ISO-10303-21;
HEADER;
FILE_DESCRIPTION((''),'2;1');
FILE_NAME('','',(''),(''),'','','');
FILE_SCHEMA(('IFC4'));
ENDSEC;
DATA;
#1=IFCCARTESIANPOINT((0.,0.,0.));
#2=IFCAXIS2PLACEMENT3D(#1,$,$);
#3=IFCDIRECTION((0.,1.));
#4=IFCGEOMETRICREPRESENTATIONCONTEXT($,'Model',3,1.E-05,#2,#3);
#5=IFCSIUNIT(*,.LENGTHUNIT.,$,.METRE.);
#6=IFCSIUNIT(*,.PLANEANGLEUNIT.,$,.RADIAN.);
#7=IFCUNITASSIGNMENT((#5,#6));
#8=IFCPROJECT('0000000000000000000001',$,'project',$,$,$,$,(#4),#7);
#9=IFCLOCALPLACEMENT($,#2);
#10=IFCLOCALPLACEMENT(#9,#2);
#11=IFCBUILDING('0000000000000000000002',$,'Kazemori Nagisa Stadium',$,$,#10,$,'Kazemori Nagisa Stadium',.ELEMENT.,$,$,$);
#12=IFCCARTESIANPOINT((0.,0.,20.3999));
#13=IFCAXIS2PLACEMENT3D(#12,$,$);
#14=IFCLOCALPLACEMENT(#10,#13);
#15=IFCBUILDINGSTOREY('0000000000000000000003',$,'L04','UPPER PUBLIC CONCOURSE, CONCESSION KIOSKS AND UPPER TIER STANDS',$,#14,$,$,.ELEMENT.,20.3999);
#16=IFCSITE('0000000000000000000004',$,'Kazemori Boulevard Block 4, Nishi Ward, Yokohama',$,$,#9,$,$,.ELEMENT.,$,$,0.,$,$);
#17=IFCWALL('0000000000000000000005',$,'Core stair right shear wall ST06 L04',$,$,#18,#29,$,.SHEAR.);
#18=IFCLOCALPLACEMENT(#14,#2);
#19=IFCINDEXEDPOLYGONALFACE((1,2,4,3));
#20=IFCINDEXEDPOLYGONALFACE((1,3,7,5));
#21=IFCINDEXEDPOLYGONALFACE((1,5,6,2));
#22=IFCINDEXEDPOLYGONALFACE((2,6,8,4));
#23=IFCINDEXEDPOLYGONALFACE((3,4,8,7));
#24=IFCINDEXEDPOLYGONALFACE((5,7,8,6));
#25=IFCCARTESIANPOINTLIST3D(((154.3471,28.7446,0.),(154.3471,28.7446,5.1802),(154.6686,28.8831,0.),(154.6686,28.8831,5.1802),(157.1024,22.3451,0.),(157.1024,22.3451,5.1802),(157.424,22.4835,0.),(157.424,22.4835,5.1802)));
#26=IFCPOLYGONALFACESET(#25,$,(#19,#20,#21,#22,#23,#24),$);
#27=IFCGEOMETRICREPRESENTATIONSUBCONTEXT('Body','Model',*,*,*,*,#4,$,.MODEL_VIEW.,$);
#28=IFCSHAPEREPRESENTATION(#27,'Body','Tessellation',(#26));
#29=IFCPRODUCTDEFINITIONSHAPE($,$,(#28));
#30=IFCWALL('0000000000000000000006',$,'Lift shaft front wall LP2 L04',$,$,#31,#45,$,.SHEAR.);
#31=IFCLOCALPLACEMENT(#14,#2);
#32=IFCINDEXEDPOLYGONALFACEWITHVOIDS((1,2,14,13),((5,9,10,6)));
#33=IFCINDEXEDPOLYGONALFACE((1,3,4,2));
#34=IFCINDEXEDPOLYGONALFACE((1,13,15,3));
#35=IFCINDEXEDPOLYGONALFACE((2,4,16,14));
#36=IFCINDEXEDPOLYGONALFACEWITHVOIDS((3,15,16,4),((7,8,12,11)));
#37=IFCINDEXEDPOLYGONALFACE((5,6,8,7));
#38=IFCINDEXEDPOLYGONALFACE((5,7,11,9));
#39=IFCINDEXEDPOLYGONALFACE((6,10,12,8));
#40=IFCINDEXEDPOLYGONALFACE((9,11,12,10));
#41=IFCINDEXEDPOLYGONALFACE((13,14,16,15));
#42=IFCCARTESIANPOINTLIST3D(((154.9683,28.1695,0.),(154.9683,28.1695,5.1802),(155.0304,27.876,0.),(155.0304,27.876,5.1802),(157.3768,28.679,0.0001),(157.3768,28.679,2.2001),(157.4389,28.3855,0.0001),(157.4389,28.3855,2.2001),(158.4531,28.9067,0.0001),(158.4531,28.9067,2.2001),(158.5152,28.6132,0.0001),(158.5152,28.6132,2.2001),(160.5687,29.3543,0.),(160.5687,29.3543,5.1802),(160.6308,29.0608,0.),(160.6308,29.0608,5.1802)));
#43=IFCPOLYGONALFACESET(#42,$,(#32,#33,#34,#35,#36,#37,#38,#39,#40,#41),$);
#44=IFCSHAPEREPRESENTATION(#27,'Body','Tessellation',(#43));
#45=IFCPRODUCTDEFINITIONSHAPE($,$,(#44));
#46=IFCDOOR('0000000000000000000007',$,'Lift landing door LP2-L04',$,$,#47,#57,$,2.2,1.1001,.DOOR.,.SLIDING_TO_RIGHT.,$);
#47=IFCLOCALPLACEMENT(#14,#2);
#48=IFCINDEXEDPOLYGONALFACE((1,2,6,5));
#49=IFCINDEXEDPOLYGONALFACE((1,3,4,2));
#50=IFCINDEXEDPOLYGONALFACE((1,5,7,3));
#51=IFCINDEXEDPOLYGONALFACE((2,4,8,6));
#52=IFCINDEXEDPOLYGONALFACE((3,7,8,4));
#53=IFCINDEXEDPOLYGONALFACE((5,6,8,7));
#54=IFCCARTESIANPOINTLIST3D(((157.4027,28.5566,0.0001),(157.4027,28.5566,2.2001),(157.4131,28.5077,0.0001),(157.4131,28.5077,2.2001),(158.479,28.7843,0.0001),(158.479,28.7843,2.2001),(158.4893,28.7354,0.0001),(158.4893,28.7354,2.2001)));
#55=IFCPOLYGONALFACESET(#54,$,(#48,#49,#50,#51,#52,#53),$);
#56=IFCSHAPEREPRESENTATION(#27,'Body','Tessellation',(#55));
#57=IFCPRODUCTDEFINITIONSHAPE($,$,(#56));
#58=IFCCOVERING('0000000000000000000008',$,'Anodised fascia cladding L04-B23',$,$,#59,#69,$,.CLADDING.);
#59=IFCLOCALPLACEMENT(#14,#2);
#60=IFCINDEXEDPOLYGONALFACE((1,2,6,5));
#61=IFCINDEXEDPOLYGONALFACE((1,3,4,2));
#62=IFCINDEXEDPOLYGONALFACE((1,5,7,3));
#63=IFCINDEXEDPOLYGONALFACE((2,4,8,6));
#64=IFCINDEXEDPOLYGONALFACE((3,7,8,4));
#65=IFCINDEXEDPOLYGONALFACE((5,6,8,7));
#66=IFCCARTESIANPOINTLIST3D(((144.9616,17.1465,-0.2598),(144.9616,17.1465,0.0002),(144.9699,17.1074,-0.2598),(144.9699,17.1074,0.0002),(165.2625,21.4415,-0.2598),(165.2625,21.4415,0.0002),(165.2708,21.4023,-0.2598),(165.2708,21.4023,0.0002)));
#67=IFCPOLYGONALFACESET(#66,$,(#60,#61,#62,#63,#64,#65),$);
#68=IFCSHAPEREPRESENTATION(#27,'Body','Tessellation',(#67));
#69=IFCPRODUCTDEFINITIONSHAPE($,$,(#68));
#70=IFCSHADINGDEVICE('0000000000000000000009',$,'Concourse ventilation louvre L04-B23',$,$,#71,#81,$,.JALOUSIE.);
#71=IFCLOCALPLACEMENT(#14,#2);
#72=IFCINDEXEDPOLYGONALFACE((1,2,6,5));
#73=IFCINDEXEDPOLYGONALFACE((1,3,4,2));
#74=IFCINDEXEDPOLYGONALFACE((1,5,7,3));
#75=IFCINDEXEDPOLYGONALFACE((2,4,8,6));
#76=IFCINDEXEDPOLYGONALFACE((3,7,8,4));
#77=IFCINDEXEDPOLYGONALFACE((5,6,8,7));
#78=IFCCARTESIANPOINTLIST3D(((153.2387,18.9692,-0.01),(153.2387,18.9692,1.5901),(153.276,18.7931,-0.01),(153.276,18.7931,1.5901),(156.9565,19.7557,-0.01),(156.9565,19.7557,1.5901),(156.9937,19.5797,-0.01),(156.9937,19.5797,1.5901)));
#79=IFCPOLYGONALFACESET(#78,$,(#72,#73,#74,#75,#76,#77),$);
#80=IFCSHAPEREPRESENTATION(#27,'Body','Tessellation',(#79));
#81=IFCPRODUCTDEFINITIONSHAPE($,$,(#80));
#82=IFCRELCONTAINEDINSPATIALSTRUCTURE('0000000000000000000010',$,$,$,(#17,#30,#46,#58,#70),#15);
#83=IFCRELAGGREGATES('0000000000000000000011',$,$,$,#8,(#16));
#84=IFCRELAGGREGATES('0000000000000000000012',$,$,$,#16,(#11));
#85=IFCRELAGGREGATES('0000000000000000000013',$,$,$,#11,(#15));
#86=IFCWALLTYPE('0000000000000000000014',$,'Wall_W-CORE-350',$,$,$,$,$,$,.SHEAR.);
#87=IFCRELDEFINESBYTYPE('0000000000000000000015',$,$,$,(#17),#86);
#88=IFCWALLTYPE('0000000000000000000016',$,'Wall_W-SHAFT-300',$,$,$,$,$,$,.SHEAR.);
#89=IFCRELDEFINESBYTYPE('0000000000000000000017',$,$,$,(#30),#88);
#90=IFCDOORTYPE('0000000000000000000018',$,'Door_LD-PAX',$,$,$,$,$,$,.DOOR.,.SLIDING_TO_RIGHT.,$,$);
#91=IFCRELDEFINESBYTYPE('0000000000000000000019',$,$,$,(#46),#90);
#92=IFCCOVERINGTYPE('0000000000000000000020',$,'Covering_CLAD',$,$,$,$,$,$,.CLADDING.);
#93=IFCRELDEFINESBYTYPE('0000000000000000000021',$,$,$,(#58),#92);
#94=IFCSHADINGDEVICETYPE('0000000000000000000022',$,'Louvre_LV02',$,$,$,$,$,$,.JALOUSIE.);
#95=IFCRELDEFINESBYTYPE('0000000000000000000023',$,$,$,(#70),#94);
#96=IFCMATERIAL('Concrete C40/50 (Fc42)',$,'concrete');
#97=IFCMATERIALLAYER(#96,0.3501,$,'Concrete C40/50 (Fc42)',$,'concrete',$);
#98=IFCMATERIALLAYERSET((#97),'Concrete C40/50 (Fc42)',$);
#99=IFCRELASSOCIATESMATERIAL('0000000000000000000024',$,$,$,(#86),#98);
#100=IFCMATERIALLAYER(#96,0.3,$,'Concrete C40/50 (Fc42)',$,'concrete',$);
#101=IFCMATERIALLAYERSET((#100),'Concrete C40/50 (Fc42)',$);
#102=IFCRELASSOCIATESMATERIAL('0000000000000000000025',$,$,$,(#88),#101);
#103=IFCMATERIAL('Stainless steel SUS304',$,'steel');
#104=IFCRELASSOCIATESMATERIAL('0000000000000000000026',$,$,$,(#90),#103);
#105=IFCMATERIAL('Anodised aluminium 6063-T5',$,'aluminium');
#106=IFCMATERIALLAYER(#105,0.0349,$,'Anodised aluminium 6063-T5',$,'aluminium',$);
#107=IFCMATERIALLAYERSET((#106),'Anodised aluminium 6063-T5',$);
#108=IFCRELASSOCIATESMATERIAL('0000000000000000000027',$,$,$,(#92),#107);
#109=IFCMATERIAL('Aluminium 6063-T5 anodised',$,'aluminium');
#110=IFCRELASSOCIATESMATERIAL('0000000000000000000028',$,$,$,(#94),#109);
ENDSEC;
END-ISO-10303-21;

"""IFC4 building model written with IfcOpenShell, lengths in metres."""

from ifc_helpers import new_model, si_unit, direction, frame, frame_2d, origin, origin_2d, place, context, subcontext, project, spatial, rectangle, extrude, material, layer, layer_set, type_object, element, fill, save


model = new_model("IFC4")

# Units and contexts
model_context = context("Model", 3, precision=1e-05, world=origin(), true_north=direction((0.0, 1.0)))
body_context = subcontext(model_context, "Body", "Model", "MODEL_VIEW")
ifc_project = project(units=[si_unit("LENGTHUNIT", "METRE"), si_unit("PLANEANGLEUNIT", "RADIAN")], contexts=[model_context])

# Site, building, storey
site_placement = place(None, origin())
site = spatial("IfcSite", under=ifc_project, at=site_placement, Name="Kazemori Boulevard Block 4, Nishi Ward, Yokohama", CompositionType="ELEMENT", RefElevation=0.0)
building_placement = place(site_placement, origin())
building = spatial("IfcBuilding", under=site, at=building_placement, Name="Kazemori Nagisa Stadium", LongName="Kazemori Nagisa Stadium", CompositionType="ELEMENT")
storey_placement = place(building_placement, frame((0.0, 0.0, 20.3999)))
storey = spatial("IfcBuildingStorey", under=building, at=storey_placement, Name="L04", Description="UPPER PUBLIC CONCOURSE, CONCESSION KIOSKS AND UPPER TIER STANDS", CompositionType="ELEMENT", Elevation=20.3999)

# Shared definitions
ifc_material_1 = material(Name="Concrete C40/50 (Fc42)", Category="concrete")

# Shared definitions
ifc_material_2 = material(Name="Anodised aluminium 6063-T5", Category="aluminium")
ifc_material_3 = material(Name="Aluminium 6063-T5 anodised", Category="aluminium")

# Wall
ifc_layer_1 = layer(ifc_material_1, 0.3501, Name="Concrete C40/50 (Fc42)", Category="concrete")
ifc_layer_set_1 = layer_set([ifc_layer_1], Name="Concrete C40/50 (Fc42)")
wall_type_1 = type_object("IfcWallType", Name="Wall_W-CORE-350", PredefinedType="SHEAR", material=ifc_layer_set_1)
wall_1_placement = place(storey_placement, frame((154.5078, 28.814, 0.0), z_axis=(0.0, 0.0, 1.0), x_axis=(0.395454, -0.918486, 0.0)))
element("IfcWall", 1, at=wall_1_placement, inside=storey, type_object=wall_type_1, Name="Core stair right shear wall ST06 L04", PredefinedType="SHEAR", context=body_context, shape_type="SweptSolid", body=[
    extrude(rectangle(XDim=6.9675, YDim=0.3501, at=frame_2d((3.4839, 0.0))), origin(), (0.0, 0.0, 1.0), 5.1802),
])

# Wall, opening, door
ifc_layer_2 = layer(ifc_material_1, 0.3, Name="Concrete C40/50 (Fc42)", Category="concrete")
ifc_layer_set_2 = layer_set([ifc_layer_2], Name="Concrete C40/50 (Fc42)")
wall_type_2 = type_object("IfcWallType", Name="Wall_W-SHAFT-300", PredefinedType="SHEAR", material=ifc_layer_set_2)
wall_2_placement = place(storey_placement, frame((154.9993, 28.0227, 0.0), z_axis=(0.0, 0.0, 1.0), x_axis=(0.978345, 0.20698, 0.0)))
wall_2 = element("IfcWall", 2, at=wall_2_placement, inside=storey, type_object=wall_type_2, Name="Lift shaft front wall LP2 L04", PredefinedType="SHEAR", context=body_context, shape_type="SweptSolid", body=[
    extrude(rectangle(XDim=5.7244, YDim=0.3, at=frame_2d((2.8623, 0.0))), origin(), (0.0, 0.0, 1.0), 5.1802),
])
opening_placement = place(wall_2_placement, frame((2.4619, 0.0, 0.0)))
opening = element("IfcOpeningElement", 3, at=opening_placement, cuts=wall_2, PredefinedType="OPENING", context=body_context, shape_type="SweptSolid", body=[
    extrude(rectangle(XDim=1.1001, YDim=2.2, at=frame_2d((0.55, 1.1001))), frame((0.0, 0.1599, 0.0), z_axis=(0.0, -1.0, 0.0), x_axis=(1.0, 0.0, 0.0)), (0.0, 0.0, 1.0), 0.3201),
])
ifc_material_4 = material(Name="Stainless steel SUS304", Category="steel")
door_type = type_object("IfcDoorType", Name="Door_LD-PAX", OperationType="SLIDING_TO_RIGHT", PredefinedType="DOOR", material=ifc_material_4)
door_placement = place(opening_placement, origin())
door = element("IfcDoor", 4, at=door_placement, inside=storey, type_object=door_type, Name="Lift landing door LP2-L04", OperationType="SLIDING_TO_RIGHT", OverallHeight=2.2, OverallWidth=1.1001, PredefinedType="DOOR", context=body_context, shape_type="SweptSolid", body=[
    extrude(rectangle(XDim=1.1001, YDim=2.2, at=frame_2d((0.55, 1.1001))), frame((0.0, 0.0249, 0.0), z_axis=(0.0, -1.0, 0.0), x_axis=(1.0, 0.0, 0.0)), (0.0, 0.0, 1.0), 0.05),
])
fill(opening, door)

# Covering
ifc_layer_3 = layer(ifc_material_2, 0.0349, Name="Anodised aluminium 6063-T5", Category="aluminium")
ifc_layer_set_3 = layer_set([ifc_layer_3], Name="Anodised aluminium 6063-T5")
covering_type = type_object("IfcCoveringType", Name="Covering_CLAD", PredefinedType="CLADDING", material=ifc_layer_set_3)
covering_placement = place(storey_placement, frame((155.1162, 19.2744, -0.2598), z_axis=(0.0, 0.0, 1.0), x_axis=(0.978345, 0.206981, 0.0)))
element("IfcCovering", 5, at=covering_placement, inside=storey, type_object=covering_type, Name="Anodised fascia cladding L04-B23", PredefinedType="CLADDING", context=body_context, shape_type="SweptSolid", body=[
    extrude(rectangle(XDim=20.7502, YDim=0.04, at=origin_2d()), origin(), (0.0, 0.0, 1.0), 0.26),
])

# Shading device
shading_device_type = type_object("IfcShadingDeviceType", Name="Louvre_LV02", PredefinedType="JALOUSIE", material=ifc_material_3)
shading_device_placement = place(storey_placement, frame((155.1162, 19.2744, -0.01), z_axis=(0.0, 0.0, 1.0), x_axis=(0.978345, 0.206981, 0.0)))
element("IfcShadingDevice", 6, at=shading_device_placement, inside=storey, type_object=shading_device_type, Name="Concourse ventilation louvre L04-B23", PredefinedType="JALOUSIE", context=body_context, shape_type="SweptSolid", body=[
    extrude(rectangle(XDim=3.8, YDim=0.1799, at=origin_2d()), origin(), (0.0, 0.0, 1.0), 1.6001),
])

save(model, "model.ifc")
